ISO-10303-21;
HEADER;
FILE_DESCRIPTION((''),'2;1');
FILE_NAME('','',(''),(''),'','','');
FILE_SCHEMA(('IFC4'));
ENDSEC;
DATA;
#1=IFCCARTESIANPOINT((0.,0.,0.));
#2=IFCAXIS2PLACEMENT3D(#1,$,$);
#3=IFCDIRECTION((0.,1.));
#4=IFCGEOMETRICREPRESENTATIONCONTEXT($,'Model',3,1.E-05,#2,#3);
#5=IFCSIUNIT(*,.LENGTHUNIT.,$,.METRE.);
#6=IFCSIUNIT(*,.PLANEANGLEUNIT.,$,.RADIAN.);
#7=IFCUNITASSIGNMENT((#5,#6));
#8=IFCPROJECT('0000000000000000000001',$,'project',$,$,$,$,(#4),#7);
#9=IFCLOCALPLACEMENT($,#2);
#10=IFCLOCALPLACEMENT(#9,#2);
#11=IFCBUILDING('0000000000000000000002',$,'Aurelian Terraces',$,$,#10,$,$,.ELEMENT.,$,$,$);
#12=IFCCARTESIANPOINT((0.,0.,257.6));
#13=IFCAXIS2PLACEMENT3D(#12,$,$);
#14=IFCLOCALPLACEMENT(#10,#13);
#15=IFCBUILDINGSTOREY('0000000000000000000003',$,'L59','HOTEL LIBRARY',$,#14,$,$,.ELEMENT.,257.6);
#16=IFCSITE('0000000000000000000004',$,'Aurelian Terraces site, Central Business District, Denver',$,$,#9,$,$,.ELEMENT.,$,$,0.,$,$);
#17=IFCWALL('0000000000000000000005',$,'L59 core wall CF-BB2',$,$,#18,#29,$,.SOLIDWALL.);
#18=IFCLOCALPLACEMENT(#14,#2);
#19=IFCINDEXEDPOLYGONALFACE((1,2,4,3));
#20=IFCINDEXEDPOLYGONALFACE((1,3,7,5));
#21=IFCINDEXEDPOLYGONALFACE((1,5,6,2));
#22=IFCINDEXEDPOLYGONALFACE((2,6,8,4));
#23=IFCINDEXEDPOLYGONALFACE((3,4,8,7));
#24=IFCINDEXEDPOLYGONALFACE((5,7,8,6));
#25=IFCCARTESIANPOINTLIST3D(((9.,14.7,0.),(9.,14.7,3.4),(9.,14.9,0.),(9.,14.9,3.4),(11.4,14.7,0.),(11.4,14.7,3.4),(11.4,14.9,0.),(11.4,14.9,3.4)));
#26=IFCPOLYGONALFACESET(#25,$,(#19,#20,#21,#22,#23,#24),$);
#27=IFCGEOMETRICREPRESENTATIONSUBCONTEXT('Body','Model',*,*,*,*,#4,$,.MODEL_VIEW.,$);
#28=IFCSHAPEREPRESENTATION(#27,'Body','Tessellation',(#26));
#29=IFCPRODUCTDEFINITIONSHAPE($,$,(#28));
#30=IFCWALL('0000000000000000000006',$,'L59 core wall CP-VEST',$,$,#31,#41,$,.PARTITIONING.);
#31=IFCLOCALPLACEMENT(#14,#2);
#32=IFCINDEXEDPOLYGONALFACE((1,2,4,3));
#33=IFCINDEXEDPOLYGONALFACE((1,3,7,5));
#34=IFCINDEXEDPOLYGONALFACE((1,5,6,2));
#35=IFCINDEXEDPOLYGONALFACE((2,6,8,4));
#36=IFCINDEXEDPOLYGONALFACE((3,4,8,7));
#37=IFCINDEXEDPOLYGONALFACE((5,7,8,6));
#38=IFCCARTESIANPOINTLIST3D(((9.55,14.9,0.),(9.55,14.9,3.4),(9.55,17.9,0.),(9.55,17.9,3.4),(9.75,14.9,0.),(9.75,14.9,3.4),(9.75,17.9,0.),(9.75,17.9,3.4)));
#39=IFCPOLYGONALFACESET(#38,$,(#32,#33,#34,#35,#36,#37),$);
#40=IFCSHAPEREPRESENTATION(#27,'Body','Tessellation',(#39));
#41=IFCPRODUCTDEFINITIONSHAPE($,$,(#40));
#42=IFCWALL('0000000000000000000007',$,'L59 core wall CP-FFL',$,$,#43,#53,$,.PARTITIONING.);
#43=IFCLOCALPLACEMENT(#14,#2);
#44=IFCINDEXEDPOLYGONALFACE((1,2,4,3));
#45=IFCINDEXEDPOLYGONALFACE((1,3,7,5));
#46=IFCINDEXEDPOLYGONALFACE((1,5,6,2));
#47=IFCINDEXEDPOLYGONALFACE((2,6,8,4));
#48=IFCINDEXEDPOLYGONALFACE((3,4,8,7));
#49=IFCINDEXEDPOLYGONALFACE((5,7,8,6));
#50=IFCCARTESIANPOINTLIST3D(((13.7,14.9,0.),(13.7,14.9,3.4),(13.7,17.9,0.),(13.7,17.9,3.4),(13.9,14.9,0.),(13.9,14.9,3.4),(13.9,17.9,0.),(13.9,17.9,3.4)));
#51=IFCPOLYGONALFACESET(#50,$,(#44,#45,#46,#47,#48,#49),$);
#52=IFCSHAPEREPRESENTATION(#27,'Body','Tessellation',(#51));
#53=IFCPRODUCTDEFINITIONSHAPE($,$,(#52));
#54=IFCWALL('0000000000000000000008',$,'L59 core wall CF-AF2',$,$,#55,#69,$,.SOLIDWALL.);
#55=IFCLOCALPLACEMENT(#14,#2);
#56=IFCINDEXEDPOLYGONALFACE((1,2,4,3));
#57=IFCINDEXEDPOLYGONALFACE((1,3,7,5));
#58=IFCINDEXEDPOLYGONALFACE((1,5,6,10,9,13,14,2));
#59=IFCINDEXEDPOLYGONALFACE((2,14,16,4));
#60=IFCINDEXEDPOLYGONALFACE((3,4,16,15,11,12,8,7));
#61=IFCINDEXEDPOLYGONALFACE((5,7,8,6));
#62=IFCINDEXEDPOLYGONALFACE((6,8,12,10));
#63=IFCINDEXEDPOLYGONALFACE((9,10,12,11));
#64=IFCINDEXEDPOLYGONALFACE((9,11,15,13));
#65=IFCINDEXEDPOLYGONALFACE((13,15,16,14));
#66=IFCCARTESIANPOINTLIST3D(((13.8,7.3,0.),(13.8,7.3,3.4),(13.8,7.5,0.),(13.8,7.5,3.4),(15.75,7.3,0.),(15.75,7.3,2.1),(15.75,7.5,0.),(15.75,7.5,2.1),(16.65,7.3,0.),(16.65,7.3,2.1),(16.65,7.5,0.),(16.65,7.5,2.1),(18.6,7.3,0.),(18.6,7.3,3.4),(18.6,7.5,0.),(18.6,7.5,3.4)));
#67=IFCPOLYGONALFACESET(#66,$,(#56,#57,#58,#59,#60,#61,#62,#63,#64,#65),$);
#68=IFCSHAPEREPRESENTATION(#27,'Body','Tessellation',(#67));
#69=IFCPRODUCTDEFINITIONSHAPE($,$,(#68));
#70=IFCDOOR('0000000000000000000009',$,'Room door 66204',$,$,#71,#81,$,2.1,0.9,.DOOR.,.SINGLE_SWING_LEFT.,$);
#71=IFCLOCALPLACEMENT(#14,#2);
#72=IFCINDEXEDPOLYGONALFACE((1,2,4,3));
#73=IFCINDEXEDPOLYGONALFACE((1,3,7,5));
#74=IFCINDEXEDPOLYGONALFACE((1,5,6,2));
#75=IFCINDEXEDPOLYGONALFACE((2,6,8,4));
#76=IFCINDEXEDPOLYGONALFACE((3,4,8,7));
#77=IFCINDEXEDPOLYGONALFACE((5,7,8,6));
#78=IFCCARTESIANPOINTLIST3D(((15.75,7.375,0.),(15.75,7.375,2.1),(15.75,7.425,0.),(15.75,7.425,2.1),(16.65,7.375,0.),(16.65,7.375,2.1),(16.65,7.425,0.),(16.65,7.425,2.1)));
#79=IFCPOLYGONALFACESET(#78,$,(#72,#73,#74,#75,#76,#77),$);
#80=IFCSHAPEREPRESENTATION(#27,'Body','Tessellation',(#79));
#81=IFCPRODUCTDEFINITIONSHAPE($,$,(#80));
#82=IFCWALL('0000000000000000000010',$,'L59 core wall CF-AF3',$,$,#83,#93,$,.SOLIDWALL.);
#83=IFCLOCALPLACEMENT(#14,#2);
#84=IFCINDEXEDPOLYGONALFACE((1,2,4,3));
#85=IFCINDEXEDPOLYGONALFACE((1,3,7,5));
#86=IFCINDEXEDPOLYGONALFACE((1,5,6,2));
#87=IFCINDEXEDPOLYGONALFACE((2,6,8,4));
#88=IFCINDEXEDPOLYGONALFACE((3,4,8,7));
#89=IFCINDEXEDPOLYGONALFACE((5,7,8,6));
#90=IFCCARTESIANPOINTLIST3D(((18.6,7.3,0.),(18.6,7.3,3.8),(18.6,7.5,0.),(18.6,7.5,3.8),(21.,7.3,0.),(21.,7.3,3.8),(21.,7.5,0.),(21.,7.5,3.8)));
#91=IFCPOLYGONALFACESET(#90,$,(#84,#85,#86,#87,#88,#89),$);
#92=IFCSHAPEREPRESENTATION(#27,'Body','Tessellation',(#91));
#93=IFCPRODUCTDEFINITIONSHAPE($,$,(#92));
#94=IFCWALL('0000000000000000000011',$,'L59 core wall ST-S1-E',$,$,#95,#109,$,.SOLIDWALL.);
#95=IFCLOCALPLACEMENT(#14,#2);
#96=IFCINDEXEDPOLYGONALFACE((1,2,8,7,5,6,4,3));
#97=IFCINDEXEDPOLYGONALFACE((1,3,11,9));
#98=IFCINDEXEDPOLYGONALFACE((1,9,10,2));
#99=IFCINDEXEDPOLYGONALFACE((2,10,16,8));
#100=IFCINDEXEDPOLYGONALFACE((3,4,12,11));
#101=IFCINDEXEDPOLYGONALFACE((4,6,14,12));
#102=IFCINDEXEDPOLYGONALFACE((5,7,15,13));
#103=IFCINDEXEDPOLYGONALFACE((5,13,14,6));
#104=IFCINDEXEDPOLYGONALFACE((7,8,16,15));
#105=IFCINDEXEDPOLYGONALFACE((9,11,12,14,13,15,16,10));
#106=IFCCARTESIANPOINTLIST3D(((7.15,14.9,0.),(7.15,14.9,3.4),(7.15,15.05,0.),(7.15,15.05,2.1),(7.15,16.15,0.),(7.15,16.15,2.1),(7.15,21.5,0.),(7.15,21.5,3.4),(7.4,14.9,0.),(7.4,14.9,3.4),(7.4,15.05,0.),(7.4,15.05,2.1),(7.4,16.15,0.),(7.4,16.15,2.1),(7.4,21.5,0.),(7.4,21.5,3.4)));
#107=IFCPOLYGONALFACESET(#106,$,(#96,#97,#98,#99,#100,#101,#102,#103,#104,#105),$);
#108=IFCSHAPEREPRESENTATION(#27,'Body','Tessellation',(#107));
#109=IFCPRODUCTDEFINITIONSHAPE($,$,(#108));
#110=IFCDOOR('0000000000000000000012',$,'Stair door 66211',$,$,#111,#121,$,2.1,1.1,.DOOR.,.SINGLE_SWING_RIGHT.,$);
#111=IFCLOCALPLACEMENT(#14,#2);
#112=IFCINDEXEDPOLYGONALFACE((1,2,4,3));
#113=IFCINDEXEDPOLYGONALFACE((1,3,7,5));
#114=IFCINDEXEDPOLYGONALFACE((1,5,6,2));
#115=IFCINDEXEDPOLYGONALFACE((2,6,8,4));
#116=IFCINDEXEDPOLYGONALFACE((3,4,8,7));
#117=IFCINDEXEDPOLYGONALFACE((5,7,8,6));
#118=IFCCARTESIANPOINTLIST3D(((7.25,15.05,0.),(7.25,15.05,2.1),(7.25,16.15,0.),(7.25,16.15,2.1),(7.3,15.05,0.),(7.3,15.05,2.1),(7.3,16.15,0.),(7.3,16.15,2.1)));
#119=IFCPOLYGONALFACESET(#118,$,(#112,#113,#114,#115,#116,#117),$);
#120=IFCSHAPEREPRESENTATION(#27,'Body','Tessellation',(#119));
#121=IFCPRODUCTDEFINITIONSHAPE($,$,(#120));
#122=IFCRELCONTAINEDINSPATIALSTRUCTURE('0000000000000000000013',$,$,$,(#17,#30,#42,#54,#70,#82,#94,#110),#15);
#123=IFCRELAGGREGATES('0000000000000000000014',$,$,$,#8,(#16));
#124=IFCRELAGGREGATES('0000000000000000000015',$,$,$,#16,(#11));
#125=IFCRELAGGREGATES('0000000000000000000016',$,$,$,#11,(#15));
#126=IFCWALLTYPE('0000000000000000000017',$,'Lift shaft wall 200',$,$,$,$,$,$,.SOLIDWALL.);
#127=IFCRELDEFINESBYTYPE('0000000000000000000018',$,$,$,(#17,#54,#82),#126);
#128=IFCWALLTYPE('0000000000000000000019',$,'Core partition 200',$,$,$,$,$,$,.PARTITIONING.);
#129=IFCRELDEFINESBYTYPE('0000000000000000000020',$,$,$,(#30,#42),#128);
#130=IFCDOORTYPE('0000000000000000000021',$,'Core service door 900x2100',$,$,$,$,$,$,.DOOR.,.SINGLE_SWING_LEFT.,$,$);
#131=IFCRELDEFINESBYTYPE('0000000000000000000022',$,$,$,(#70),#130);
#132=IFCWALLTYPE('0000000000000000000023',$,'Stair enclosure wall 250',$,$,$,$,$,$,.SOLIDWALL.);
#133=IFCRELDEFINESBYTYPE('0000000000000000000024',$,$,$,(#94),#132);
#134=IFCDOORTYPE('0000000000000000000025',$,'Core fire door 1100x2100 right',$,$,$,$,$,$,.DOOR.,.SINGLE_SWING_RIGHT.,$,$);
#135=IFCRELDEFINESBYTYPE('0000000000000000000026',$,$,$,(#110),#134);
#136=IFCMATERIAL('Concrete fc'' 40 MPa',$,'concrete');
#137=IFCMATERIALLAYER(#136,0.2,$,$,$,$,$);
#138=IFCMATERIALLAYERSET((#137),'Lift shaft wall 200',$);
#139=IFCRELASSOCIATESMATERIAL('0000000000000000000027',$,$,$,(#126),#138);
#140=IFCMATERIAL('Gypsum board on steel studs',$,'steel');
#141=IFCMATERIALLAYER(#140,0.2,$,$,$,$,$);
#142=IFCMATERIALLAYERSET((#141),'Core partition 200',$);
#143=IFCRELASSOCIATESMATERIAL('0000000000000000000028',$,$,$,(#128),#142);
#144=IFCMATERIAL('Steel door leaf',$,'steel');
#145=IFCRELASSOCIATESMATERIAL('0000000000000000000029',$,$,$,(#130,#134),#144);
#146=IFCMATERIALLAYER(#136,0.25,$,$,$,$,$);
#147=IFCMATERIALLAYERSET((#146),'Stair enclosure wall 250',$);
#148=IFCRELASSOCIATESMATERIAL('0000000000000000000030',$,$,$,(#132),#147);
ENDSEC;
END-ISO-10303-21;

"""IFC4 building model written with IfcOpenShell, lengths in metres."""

from ifc_helpers import new_model, si_unit, direction, frame, frame_2d, origin, place, context, subcontext, project, spatial, rectangle, extrude, source, transform, mapped, material, layer, layer_set, type_object, element, fill, save


model = new_model("IFC4")

# Units and contexts
model_context = context("Model", 3, precision=1e-05, world=origin(), true_north=direction((0.0, 1.0)))
body_context = subcontext(model_context, "Body", "Model", "MODEL_VIEW")
ifc_project = project(units=[si_unit("LENGTHUNIT", "METRE"), si_unit("PLANEANGLEUNIT", "RADIAN")], contexts=[model_context])

# Site, building, storey
site_placement = place(None, origin())
site = spatial("IfcSite", under=ifc_project, at=site_placement, Name="Aurelian Terraces site, Central Business District, Denver", CompositionType="ELEMENT", RefElevation=0.0)
building_placement = place(site_placement, origin())
building = spatial("IfcBuilding", under=site, at=building_placement, Name="Aurelian Terraces", CompositionType="ELEMENT")
storey_placement = place(building_placement, frame((0.0, 0.0, 257.6)))
storey = spatial("IfcBuildingStorey", under=building, at=storey_placement, Name="L59", Description="HOTEL LIBRARY", CompositionType="ELEMENT", Elevation=257.6)

# Shared definitions
ifc_material_1 = material(Name="Concrete fc' 40 MPa", Category="concrete")
ifc_layer_1 = layer(ifc_material_1, 0.2)
ifc_layer_set_1 = layer_set([ifc_layer_1], Name="Lift shaft wall 200")
wall_type_1 = type_object("IfcWallType", Name="Lift shaft wall 200", PredefinedType="SOLIDWALL", material=ifc_layer_set_1)

# Shared definitions
shared_shape_1 = source(origin(), body_context, "Body", "SweptSolid", [
    extrude(rectangle(XDim=1.1, YDim=2.1, at=frame_2d((0.55, 1.05))), frame((0.0, 0.025, 0.0), z_axis=(0.0, -1.0, 0.0), x_axis=(1.0, 0.0, 0.0)), (0.0, 0.0, 1.0), 0.05),
])

# Shared definitions
shared_shape_2 = source(origin(), body_context, "Body", "SweptSolid", [
    extrude(rectangle(XDim=2.4, YDim=0.2, at=frame_2d((1.2, 0.0))), origin(), (0.0, 0.0, 1.0), 3.4),
])
shared_shape_3 = source(origin(), body_context, "Body", "SweptSolid", [
    extrude(rectangle(XDim=0.9, YDim=2.1, at=frame_2d((0.45, 1.05))), frame((0.0, 0.11, 0.0), z_axis=(0.0, -1.0, 0.0), x_axis=(1.0, 0.0, 0.0)), (0.0, 0.0, 1.0), 0.22),
])
ifc_material_2 = material(Name="Steel door leaf", Category="steel")
shared_shape_4 = source(origin(), body_context, "Body", "SweptSolid", [
    extrude(rectangle(XDim=0.9, YDim=2.1, at=frame_2d((0.45, 1.05))), frame((0.0, 0.025, 0.0), z_axis=(0.0, -1.0, 0.0), x_axis=(1.0, 0.0, 0.0)), (0.0, 0.0, 1.0), 0.05),
])

# Walls
wall_1_placement = place(storey_placement, frame((9.0, 14.8, 0.0), z_axis=(0.0, 0.0, 1.0), x_axis=(1.0, 0.0, 0.0)))
element("IfcWall", 1, at=wall_1_placement, inside=storey, type_object=wall_type_1, Name="L59 core wall CF-BB2", PredefinedType="SOLIDWALL", context=body_context, shape_type="MappedRepresentation", body=[
    mapped(shared_shape_2, transform((0.0, 0.0, 0.0), scale=1.0)),
])
ifc_material_3 = material(Name="Gypsum board on steel studs", Category="steel")
ifc_layer_2 = layer(ifc_material_3, 0.2)
ifc_layer_set_2 = layer_set([ifc_layer_2], Name="Core partition 200")
wall_type_2 = type_object("IfcWallType", Name="Core partition 200", PredefinedType="PARTITIONING", material=ifc_layer_set_2)
shared_shape_5 = source(origin(), body_context, "Body", "SweptSolid", [
    extrude(rectangle(XDim=3.0, YDim=0.2, at=frame_2d((1.5, 0.0))), origin(), (0.0, 0.0, 1.0), 3.4),
])
for number, where, z_axis, x_axis, name in (
    (2, (9.65, 14.9, 0.0), (0.0, 0.0, 1.0), (0.0, 1.0, 0.0), "L59 core wall CP-VEST"),
    (3, (13.8, 14.9, 0.0), (0.0, 0.0, 1.0), (0.0, 1.0, 0.0), "L59 core wall CP-FFL"),
):
    element("IfcWall", number, at=place(storey_placement, frame(where, z_axis=z_axis, x_axis=x_axis)), inside=storey, type_object=wall_type_2, Name=name, PredefinedType="PARTITIONING", context=body_context, shape_type="MappedRepresentation", body=[
        mapped(shared_shape_5, transform((0.0, 0.0, 0.0), scale=1.0)),
    ])

# Wall, opening, door
shared_shape_6 = source(origin(), body_context, "Body", "SweptSolid", [
    extrude(rectangle(XDim=4.8, YDim=0.2, at=frame_2d((2.4, 0.0))), origin(), (0.0, 0.0, 1.0), 3.4),
])
wall_2_placement = place(storey_placement, frame((13.8, 7.4, 0.0), z_axis=(0.0, 0.0, 1.0), x_axis=(1.0, 0.0, 0.0)))
wall_2 = element("IfcWall", 4, at=wall_2_placement, inside=storey, type_object=wall_type_1, Name="L59 core wall CF-AF2", PredefinedType="SOLIDWALL", context=body_context, shape_type="MappedRepresentation", body=[
    mapped(shared_shape_6, transform((0.0, 0.0, 0.0), scale=1.0)),
])
opening_1_placement = place(wall_2_placement, frame((1.95, 0.0, 0.0)))
opening_1 = element("IfcOpeningElement", 5, at=opening_1_placement, cuts=wall_2, PredefinedType="OPENING", context=body_context, shape_type="MappedRepresentation", body=[
    mapped(shared_shape_3, transform((0.0, 0.0, 0.0), scale=1.0)),
])
door_type_1 = type_object("IfcDoorType", Name="Core service door 900x2100", OperationType="SINGLE_SWING_LEFT", PredefinedType="DOOR", material=ifc_material_2)
door_1_placement = place(opening_1_placement, origin())
door_1 = element("IfcDoor", 6, at=door_1_placement, inside=storey, type_object=door_type_1, Name="Room door 66204", OperationType="SINGLE_SWING_LEFT", OverallHeight=2.1, OverallWidth=0.9, PredefinedType="DOOR", context=body_context, shape_type="MappedRepresentation", body=[
    mapped(shared_shape_4, transform((0.0, 0.0, 0.0), scale=1.0)),
])
fill(opening_1, door_1)

# Wall
shared_shape_7 = source(origin(), body_context, "Body", "SweptSolid", [
    extrude(rectangle(XDim=2.4, YDim=0.2, at=frame_2d((1.2, 0.0))), origin(), (0.0, 0.0, 1.0), 3.8),
])
wall_3_placement = place(storey_placement, frame((18.6, 7.4, 0.0), z_axis=(0.0, 0.0, 1.0), x_axis=(1.0, 0.0, 0.0)))
element("IfcWall", 7, at=wall_3_placement, inside=storey, type_object=wall_type_1, Name="L59 core wall CF-AF3", PredefinedType="SOLIDWALL", context=body_context, shape_type="MappedRepresentation", body=[
    mapped(shared_shape_7, transform((0.0, 0.0, 0.0), scale=1.0)),
])

# Wall, opening, door
ifc_layer_3 = layer(ifc_material_1, 0.25)
ifc_layer_set_3 = layer_set([ifc_layer_3], Name="Stair enclosure wall 250")
wall_type_3 = type_object("IfcWallType", Name="Stair enclosure wall 250", PredefinedType="SOLIDWALL", material=ifc_layer_set_3)
shared_shape_8 = source(origin(), body_context, "Body", "SweptSolid", [
    extrude(rectangle(XDim=6.6, YDim=0.25, at=frame_2d((3.3, 0.0))), origin(), (0.0, 0.0, 1.0), 3.4),
])
wall_4_placement = place(storey_placement, frame((7.275, 14.9, 0.0), z_axis=(0.0, 0.0, 1.0), x_axis=(0.0, 1.0, 0.0)))
wall_4 = element("IfcWall", 8, at=wall_4_placement, inside=storey, type_object=wall_type_3, Name="L59 core wall ST-S1-E", PredefinedType="SOLIDWALL", context=body_context, shape_type="MappedRepresentation", body=[
    mapped(shared_shape_8, transform((0.0, 0.0, 0.0), scale=1.0)),
])
shared_shape_9 = source(origin(), body_context, "Body", "SweptSolid", [
    extrude(rectangle(XDim=1.1, YDim=2.1, at=frame_2d((0.55, 1.05))), frame((0.0, 0.135, 0.0), z_axis=(0.0, -1.0, 0.0), x_axis=(1.0, 0.0, 0.0)), (0.0, 0.0, 1.0), 0.27),
])
opening_2_placement = place(wall_4_placement, frame((0.15, 0.0, 0.0)))
opening_2 = element("IfcOpeningElement", 9, at=opening_2_placement, cuts=wall_4, PredefinedType="OPENING", context=body_context, shape_type="MappedRepresentation", body=[
    mapped(shared_shape_9, transform((0.0, 0.0, 0.0), scale=1.0)),
])
door_type_2 = type_object("IfcDoorType", Name="Core fire door 1100x2100 right", OperationType="SINGLE_SWING_RIGHT", PredefinedType="DOOR", material=ifc_material_2)
door_2_placement = place(opening_2_placement, origin())
door_2 = element("IfcDoor", 10, at=door_2_placement, inside=storey, type_object=door_type_2, Name="Stair door 66211", OperationType="SINGLE_SWING_RIGHT", OverallHeight=2.1, OverallWidth=1.1, PredefinedType="DOOR", context=body_context, shape_type="MappedRepresentation", body=[
    mapped(shared_shape_1, transform((0.0, 0.0, 0.0), scale=1.0)),
])
fill(opening_2, door_2)

save(model, "model.ifc")
